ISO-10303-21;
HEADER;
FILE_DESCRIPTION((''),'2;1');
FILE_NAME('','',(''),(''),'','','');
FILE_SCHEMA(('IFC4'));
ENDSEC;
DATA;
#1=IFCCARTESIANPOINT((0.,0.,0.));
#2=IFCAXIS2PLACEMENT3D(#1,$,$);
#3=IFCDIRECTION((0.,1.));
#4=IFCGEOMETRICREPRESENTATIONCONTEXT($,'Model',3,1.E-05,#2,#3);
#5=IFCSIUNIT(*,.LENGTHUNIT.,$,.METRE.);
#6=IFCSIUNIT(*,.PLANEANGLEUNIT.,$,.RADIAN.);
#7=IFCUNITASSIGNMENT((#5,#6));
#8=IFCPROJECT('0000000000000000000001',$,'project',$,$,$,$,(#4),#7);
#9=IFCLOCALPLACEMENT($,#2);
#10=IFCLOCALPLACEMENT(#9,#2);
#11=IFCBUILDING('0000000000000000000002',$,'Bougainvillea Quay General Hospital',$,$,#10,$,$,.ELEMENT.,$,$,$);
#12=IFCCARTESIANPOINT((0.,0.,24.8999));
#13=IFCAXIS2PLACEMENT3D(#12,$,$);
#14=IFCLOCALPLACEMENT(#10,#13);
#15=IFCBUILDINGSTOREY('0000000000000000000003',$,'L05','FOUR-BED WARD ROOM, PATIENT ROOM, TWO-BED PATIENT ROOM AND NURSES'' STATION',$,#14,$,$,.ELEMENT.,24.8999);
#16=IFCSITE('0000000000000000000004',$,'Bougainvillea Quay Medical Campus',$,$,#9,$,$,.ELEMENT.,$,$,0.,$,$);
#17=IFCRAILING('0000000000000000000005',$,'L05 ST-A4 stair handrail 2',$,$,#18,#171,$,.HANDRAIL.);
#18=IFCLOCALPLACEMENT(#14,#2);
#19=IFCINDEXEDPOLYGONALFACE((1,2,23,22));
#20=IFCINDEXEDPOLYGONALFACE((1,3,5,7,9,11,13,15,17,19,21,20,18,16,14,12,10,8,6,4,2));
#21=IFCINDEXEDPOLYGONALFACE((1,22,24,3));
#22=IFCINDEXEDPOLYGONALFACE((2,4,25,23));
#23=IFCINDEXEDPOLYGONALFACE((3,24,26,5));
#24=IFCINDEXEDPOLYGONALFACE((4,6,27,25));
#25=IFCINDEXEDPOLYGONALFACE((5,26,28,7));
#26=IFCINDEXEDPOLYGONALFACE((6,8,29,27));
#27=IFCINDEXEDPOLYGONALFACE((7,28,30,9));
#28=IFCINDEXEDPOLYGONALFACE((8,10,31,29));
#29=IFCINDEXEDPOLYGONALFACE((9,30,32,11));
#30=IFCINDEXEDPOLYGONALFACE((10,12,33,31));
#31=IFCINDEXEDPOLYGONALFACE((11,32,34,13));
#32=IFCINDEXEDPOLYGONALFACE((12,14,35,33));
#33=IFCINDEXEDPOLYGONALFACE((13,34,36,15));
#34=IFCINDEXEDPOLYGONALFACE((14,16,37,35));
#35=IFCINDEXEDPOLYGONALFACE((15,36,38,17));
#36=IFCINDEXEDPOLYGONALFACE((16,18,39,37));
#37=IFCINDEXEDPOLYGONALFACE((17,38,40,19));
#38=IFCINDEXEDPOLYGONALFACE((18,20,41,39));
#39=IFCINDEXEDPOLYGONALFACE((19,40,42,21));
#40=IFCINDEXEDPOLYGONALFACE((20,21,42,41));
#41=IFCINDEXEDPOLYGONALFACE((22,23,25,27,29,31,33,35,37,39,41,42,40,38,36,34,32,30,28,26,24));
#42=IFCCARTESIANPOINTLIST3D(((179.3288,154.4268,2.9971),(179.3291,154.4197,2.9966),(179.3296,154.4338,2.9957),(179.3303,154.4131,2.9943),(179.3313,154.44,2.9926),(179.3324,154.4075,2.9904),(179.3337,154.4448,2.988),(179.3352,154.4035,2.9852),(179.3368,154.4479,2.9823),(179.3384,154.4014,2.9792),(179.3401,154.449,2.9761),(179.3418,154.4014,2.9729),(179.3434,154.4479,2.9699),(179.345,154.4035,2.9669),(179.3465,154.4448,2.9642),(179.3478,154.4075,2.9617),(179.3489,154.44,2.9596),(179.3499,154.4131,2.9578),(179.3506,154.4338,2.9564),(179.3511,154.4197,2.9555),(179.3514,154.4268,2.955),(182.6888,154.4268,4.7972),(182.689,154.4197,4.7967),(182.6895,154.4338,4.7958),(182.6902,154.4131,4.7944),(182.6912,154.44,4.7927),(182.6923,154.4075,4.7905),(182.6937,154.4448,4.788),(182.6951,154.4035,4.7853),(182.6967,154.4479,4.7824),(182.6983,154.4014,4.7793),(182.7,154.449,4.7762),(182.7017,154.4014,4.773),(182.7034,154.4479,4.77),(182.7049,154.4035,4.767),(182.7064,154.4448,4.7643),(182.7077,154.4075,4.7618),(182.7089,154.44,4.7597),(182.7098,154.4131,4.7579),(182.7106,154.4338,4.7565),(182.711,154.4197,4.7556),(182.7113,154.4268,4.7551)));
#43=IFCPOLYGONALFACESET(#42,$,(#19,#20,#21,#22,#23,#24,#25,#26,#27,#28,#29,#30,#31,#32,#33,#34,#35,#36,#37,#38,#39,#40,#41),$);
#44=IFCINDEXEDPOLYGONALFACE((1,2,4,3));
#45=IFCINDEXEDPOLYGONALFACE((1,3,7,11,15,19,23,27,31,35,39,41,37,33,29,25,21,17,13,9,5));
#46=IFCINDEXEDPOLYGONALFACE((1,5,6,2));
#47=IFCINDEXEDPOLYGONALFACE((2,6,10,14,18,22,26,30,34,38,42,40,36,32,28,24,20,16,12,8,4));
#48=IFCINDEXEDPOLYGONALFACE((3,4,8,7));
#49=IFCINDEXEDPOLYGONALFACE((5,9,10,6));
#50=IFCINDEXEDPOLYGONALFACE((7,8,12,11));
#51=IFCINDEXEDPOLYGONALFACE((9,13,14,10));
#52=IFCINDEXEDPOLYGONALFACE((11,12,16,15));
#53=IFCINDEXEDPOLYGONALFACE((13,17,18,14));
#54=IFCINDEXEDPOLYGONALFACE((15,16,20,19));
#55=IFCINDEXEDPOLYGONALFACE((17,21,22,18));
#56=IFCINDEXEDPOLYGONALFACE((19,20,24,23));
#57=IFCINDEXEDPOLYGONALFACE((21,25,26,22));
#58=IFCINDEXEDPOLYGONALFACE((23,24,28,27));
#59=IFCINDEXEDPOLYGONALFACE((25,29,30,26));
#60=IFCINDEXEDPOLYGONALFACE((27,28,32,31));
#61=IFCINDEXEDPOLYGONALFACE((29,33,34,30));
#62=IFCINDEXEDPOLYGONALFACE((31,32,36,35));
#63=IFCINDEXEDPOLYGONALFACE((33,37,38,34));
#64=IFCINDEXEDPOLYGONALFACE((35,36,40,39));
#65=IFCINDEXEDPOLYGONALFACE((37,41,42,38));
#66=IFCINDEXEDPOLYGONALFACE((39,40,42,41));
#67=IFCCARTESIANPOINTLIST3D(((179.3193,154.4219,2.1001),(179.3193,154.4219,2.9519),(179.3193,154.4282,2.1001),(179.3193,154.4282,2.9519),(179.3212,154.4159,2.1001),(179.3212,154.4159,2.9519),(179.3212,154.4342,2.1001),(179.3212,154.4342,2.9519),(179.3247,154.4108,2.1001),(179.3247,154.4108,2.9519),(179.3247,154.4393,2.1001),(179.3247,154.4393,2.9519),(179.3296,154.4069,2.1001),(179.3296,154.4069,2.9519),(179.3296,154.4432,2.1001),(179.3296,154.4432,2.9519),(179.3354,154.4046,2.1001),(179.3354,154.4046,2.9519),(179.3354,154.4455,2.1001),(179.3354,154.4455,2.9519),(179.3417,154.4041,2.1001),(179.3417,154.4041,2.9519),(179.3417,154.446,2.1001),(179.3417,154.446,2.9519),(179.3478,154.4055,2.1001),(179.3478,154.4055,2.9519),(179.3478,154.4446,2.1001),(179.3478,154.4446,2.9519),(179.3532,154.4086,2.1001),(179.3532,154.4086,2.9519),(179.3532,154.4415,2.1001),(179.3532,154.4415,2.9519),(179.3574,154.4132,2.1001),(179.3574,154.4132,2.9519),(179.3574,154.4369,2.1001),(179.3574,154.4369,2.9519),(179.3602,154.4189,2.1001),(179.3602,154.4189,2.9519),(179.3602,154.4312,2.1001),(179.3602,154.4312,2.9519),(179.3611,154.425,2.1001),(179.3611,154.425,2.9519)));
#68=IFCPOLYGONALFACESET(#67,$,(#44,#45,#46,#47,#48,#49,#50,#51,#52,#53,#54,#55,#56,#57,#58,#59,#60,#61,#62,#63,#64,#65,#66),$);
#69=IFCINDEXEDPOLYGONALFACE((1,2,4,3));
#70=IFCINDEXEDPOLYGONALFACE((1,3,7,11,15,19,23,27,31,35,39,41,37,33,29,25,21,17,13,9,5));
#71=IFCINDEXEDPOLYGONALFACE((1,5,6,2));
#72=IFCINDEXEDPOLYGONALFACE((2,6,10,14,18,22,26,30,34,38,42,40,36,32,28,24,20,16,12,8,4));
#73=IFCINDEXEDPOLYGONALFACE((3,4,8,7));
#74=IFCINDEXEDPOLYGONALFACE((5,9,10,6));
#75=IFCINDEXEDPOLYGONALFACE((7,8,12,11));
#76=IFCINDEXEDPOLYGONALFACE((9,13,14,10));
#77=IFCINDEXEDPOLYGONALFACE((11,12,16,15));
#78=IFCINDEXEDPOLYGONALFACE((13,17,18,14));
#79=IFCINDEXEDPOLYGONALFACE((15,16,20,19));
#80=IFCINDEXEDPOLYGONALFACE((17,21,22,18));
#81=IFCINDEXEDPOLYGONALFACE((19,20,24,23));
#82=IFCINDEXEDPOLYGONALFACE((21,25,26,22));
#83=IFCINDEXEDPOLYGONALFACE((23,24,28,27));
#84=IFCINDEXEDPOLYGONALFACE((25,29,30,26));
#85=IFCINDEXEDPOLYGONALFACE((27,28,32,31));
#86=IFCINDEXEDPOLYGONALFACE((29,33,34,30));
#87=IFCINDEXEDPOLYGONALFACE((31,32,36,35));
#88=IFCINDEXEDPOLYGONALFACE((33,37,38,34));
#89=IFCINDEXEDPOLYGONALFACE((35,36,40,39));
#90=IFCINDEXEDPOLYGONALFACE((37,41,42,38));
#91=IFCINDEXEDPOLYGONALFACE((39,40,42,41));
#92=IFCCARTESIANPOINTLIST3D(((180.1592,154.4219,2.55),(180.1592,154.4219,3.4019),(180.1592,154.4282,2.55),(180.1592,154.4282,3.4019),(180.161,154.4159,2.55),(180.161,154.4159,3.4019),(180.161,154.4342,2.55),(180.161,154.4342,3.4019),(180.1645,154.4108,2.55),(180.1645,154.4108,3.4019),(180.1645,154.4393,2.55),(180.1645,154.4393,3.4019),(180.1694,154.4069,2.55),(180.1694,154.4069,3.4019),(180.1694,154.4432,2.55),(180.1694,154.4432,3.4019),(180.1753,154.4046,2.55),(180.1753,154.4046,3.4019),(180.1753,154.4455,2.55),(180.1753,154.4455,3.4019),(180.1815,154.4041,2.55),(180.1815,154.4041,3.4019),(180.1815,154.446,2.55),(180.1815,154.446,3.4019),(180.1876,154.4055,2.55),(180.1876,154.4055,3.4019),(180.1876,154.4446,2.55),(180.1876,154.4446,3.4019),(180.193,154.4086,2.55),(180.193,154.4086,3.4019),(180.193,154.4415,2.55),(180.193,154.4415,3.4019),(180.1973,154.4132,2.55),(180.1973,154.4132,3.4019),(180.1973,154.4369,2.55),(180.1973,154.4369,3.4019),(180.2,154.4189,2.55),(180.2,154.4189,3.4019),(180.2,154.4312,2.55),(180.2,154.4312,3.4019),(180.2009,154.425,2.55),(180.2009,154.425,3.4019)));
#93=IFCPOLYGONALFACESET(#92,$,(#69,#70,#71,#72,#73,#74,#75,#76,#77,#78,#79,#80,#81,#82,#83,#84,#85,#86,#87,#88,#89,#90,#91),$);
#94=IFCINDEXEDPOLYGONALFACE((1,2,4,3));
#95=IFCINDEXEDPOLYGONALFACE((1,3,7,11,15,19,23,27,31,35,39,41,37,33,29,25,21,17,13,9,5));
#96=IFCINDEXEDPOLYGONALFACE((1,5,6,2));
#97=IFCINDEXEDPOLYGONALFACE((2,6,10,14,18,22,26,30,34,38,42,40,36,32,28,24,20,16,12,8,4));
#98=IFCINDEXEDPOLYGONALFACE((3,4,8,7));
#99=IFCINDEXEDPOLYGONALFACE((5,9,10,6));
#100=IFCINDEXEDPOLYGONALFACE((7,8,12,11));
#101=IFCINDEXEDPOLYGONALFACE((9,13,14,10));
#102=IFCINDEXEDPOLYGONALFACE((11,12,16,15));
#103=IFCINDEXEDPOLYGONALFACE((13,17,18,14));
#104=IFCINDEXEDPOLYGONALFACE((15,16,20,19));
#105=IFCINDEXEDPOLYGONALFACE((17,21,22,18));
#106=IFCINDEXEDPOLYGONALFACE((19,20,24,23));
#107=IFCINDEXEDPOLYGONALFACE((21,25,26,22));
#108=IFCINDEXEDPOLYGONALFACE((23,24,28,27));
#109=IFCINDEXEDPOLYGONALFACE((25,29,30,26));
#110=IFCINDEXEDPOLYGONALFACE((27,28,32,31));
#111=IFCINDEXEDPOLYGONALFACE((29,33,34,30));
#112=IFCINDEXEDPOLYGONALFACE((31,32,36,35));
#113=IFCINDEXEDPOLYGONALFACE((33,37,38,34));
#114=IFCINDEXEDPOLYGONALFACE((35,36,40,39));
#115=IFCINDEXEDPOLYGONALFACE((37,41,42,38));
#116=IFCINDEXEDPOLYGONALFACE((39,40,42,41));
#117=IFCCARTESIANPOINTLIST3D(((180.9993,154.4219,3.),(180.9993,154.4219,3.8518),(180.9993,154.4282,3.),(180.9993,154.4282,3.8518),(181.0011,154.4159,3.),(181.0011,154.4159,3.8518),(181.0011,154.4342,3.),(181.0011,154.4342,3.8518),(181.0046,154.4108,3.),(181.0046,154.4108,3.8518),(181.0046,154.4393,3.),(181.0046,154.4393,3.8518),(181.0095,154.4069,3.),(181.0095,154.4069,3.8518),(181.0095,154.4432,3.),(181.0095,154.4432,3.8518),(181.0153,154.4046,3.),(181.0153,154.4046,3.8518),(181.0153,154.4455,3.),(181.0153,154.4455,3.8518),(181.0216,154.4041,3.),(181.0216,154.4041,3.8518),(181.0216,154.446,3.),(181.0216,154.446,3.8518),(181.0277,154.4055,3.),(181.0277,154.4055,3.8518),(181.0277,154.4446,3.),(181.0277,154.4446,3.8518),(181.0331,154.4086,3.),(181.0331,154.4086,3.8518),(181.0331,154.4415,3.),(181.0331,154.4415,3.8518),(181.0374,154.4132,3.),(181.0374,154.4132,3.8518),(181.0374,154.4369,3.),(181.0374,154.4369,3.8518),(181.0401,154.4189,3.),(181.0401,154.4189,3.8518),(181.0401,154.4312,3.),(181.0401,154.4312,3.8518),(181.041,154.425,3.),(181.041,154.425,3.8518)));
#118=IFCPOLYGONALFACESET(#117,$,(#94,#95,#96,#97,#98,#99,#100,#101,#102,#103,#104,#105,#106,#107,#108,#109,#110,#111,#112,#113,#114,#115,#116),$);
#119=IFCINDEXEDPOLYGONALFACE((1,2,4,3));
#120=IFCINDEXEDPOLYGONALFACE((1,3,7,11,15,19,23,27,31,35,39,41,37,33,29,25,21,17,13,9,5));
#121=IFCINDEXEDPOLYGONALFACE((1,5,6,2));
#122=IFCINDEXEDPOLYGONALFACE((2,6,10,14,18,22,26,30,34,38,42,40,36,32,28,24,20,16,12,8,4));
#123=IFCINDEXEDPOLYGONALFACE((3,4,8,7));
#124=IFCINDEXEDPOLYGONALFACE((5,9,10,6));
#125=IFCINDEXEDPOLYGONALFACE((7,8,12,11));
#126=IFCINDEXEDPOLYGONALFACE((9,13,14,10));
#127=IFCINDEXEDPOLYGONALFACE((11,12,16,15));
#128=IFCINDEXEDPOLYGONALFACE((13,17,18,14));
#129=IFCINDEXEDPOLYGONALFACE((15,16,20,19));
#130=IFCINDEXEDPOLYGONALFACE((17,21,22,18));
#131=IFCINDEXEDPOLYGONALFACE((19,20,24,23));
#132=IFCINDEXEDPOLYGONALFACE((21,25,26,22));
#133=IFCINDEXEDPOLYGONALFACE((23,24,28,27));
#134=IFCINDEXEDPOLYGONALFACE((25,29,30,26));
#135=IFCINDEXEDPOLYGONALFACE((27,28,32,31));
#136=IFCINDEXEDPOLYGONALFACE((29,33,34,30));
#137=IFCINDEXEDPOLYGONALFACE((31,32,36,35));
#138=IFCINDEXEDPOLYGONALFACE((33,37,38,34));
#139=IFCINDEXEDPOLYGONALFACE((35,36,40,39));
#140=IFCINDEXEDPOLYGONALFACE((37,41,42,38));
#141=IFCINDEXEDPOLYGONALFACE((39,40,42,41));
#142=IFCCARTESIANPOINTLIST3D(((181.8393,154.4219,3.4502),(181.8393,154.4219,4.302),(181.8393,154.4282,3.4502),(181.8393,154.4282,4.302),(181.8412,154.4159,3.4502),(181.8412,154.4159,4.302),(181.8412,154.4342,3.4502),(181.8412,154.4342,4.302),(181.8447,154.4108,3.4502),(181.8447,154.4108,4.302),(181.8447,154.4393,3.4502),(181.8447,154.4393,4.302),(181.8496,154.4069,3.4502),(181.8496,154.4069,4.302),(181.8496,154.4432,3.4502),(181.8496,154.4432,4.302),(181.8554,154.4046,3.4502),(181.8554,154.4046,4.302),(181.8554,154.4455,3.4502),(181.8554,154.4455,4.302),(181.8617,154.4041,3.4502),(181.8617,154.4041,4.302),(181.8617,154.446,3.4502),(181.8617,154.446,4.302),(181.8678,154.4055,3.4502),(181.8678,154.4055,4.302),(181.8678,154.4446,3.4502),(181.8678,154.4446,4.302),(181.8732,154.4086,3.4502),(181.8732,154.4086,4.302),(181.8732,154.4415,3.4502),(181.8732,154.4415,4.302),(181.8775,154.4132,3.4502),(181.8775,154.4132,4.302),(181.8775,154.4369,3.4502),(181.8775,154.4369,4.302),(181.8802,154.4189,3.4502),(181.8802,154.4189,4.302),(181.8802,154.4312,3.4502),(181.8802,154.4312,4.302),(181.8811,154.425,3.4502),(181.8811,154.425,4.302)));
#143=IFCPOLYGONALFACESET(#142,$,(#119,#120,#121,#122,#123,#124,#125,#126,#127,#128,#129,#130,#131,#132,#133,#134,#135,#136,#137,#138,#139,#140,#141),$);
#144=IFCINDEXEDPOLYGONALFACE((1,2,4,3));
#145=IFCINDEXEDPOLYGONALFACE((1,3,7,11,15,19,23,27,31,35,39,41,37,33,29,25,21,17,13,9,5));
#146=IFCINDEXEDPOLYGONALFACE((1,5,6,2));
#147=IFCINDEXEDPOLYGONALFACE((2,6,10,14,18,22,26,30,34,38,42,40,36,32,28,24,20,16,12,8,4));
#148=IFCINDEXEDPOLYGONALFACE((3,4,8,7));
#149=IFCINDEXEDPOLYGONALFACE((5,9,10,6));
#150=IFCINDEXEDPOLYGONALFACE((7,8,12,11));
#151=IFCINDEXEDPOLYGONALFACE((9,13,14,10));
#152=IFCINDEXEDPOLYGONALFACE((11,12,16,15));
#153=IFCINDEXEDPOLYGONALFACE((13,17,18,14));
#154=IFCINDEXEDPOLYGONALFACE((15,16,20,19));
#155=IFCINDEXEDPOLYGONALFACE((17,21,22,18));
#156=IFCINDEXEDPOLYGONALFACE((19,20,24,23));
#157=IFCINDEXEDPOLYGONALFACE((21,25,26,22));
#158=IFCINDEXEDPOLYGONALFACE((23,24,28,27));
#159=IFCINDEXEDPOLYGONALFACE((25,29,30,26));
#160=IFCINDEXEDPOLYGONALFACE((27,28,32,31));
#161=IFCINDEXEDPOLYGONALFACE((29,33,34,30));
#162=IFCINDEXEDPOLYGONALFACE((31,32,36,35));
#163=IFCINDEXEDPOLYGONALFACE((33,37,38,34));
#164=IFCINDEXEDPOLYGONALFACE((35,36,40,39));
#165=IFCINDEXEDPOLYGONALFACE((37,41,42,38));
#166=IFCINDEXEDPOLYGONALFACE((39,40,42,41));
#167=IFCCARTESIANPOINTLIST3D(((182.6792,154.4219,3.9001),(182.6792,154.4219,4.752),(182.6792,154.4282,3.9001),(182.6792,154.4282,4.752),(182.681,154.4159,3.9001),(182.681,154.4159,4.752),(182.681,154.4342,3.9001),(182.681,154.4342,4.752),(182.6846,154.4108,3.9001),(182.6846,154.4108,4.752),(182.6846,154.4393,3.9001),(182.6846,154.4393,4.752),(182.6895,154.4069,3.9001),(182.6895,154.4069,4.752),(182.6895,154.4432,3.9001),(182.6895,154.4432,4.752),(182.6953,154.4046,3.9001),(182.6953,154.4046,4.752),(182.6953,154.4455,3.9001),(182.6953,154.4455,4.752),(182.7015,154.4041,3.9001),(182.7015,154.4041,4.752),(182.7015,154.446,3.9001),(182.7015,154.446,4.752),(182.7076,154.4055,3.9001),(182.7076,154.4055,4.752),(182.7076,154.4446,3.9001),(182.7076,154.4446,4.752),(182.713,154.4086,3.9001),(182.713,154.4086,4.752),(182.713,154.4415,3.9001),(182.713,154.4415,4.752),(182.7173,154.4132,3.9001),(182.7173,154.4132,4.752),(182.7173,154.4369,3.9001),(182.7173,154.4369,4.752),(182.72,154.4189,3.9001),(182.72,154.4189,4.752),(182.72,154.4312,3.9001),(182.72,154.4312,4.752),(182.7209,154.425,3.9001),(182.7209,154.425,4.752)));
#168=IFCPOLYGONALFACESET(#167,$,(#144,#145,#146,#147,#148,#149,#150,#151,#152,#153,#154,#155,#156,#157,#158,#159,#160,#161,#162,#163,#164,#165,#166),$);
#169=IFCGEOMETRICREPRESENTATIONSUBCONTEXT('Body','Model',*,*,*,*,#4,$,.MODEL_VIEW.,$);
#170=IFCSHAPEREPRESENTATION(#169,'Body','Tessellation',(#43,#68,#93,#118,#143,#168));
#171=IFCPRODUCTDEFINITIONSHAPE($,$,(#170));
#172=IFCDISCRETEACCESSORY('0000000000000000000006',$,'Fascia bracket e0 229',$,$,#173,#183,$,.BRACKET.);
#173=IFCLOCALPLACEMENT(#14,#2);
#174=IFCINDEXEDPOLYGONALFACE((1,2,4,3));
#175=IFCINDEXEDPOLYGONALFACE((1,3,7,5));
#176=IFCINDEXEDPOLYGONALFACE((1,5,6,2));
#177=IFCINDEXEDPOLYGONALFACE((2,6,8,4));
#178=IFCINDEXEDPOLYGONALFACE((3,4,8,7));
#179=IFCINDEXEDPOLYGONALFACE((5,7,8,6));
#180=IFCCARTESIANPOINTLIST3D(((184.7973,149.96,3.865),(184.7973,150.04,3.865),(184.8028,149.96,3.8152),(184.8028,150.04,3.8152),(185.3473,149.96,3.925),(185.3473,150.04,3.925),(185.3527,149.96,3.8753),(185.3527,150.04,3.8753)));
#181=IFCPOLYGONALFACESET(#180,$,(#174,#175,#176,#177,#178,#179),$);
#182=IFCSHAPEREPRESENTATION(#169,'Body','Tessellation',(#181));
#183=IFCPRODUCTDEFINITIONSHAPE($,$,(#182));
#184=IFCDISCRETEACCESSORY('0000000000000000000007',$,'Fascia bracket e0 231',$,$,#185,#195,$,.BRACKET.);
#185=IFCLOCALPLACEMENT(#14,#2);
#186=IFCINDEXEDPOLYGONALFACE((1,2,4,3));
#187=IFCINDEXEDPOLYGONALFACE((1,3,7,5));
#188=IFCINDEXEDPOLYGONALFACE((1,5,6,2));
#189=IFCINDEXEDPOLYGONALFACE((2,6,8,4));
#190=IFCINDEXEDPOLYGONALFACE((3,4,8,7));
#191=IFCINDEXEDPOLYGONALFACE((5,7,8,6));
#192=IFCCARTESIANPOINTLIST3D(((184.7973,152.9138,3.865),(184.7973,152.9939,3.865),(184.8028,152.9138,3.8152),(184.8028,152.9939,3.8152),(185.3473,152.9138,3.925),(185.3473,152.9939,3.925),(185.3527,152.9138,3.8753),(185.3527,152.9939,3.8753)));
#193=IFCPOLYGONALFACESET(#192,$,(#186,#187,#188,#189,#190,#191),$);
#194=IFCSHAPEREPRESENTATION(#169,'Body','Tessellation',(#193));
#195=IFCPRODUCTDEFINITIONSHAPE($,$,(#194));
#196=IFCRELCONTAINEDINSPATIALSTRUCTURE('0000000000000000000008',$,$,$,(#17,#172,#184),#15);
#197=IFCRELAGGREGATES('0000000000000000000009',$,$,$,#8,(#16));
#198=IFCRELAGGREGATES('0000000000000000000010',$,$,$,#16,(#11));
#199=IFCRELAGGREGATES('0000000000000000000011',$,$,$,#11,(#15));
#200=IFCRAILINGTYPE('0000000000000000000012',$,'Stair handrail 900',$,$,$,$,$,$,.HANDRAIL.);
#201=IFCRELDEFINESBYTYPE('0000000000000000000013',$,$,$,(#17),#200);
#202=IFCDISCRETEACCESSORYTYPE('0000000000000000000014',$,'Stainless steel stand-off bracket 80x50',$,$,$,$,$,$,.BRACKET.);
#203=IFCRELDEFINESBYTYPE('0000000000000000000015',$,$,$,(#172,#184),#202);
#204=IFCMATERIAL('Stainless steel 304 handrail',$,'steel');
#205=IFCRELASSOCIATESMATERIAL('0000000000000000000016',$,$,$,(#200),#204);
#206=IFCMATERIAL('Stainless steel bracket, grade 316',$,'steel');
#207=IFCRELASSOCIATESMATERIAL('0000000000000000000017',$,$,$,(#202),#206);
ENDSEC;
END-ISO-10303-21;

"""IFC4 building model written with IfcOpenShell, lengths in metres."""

from ifc_helpers import new_model, si_unit, direction, frame, origin, origin_2d, place, context, subcontext, project, spatial, rectangle, circle, extrude, material, material_profile, profile_set, type_object, element, save


model = new_model("IFC4")

# Units and contexts
model_context = context("Model", 3, precision=1e-05, world=origin(), true_north=direction((0.0, 1.0)))
body_context = subcontext(model_context, "Body", "Model", "MODEL_VIEW")
ifc_project = project(units=[si_unit("LENGTHUNIT", "METRE"), si_unit("PLANEANGLEUNIT", "RADIAN")], contexts=[model_context])

# Site, building, storey
site_placement = place(None, origin())
site = spatial("IfcSite", under=ifc_project, at=site_placement, Name="Bougainvillea Quay Medical Campus", CompositionType="ELEMENT", RefElevation=0.0)
building_placement = place(site_placement, origin())
building = spatial("IfcBuilding", under=site, at=building_placement, Name="Bougainvillea Quay General Hospital", CompositionType="ELEMENT")
storey_placement = place(building_placement, frame((0.0, 0.0, 24.8999)))
storey = spatial("IfcBuildingStorey", under=building, at=storey_placement, Name="L05", Description="FOUR-BED WARD ROOM, PATIENT ROOM, TWO-BED PATIENT ROOM AND NURSES' STATION", CompositionType="ELEMENT", Elevation=24.8999)

# Railing
ifc_material_1 = material(Name="Stainless steel 304 handrail", Category="steel")
railing_type = type_object("IfcRailingType", Name="Stair handrail 900", PredefinedType="HANDRAIL", material=ifc_material_1)
railing_placement = place(storey_placement, frame((179.3401, 154.425, 2.1001)))
element("IfcRailing", 1, at=railing_placement, inside=storey, type_object=railing_type, Name="L05 ST-A4 stair handrail 2", PredefinedType="HANDRAIL", context=body_context, shape_type="SweptSolid", body=[
    extrude(circle(Radius=0.0239, at=origin_2d()), frame((0.0, 0.0, 0.876), z_axis=(0.881467, 0.0, 0.472246), x_axis=(0.0, 1.0, 0.0)), (0.0, 0.0, 1.0), 3.8118),
    extrude(circle(Radius=0.021, at=origin_2d()), origin(), (0.0, 0.0, 1.0), 0.8518),
    extrude(circle(Radius=0.021, at=origin_2d()), frame((0.8398, 0.0, 0.45)), (0.0, 0.0, 1.0), 0.8518),
    extrude(circle(Radius=0.021, at=origin_2d()), frame((1.6799, 0.0, 0.8999)), (0.0, 0.0, 1.0), 0.8518),
    extrude(circle(Radius=0.021, at=origin_2d()), frame((2.52, 0.0, 1.3501)), (0.0, 0.0, 1.0), 0.8518),
    extrude(circle(Radius=0.021, at=origin_2d()), frame((3.3599, 0.0, 1.8)), (0.0, 0.0, 1.0), 0.8518),
])

# Discrete accessories
ifc_material_2 = material(Name="Stainless steel bracket, grade 316", Category="steel")
ifc_material_profile_1 = material_profile(ifc_material_2, rectangle(XDim=0.0801, YDim=0.05, at=origin_2d()))
ifc_profile_set_1 = profile_set([ifc_material_profile_1], Name="Stainless steel bracket, grade 316")
discrete_accessory_type = type_object("IfcDiscreteAccessoryType", Name="Stainless steel stand-off bracket 80x50", PredefinedType="BRACKET", material=ifc_profile_set_1)
for number, where, z_axis, x_axis, name in (
    (2, (184.8, 150.0, 3.8401), (0.994092, 0.0, 0.108543), (0.0, 1.0, 0.0), "Fascia bracket e0 229"),
    (3, (184.8, 152.9539, 3.8401), (0.994092, 0.0, 0.108543), (0.0, 1.0, 0.0), "Fascia bracket e0 231"),
):
    element("IfcDiscreteAccessory", number, at=place(storey_placement, frame(where, z_axis=z_axis, x_axis=x_axis)), inside=storey, type_object=discrete_accessory_type, Name=name, PredefinedType="BRACKET", context=body_context, shape_type="SweptSolid", body=[
        extrude(rectangle(XDim=0.0801, YDim=0.05, at=origin_2d()), origin(), (0.0, 0.0, 1.0), 0.5532),
    ])

save(model, "model.ifc")
